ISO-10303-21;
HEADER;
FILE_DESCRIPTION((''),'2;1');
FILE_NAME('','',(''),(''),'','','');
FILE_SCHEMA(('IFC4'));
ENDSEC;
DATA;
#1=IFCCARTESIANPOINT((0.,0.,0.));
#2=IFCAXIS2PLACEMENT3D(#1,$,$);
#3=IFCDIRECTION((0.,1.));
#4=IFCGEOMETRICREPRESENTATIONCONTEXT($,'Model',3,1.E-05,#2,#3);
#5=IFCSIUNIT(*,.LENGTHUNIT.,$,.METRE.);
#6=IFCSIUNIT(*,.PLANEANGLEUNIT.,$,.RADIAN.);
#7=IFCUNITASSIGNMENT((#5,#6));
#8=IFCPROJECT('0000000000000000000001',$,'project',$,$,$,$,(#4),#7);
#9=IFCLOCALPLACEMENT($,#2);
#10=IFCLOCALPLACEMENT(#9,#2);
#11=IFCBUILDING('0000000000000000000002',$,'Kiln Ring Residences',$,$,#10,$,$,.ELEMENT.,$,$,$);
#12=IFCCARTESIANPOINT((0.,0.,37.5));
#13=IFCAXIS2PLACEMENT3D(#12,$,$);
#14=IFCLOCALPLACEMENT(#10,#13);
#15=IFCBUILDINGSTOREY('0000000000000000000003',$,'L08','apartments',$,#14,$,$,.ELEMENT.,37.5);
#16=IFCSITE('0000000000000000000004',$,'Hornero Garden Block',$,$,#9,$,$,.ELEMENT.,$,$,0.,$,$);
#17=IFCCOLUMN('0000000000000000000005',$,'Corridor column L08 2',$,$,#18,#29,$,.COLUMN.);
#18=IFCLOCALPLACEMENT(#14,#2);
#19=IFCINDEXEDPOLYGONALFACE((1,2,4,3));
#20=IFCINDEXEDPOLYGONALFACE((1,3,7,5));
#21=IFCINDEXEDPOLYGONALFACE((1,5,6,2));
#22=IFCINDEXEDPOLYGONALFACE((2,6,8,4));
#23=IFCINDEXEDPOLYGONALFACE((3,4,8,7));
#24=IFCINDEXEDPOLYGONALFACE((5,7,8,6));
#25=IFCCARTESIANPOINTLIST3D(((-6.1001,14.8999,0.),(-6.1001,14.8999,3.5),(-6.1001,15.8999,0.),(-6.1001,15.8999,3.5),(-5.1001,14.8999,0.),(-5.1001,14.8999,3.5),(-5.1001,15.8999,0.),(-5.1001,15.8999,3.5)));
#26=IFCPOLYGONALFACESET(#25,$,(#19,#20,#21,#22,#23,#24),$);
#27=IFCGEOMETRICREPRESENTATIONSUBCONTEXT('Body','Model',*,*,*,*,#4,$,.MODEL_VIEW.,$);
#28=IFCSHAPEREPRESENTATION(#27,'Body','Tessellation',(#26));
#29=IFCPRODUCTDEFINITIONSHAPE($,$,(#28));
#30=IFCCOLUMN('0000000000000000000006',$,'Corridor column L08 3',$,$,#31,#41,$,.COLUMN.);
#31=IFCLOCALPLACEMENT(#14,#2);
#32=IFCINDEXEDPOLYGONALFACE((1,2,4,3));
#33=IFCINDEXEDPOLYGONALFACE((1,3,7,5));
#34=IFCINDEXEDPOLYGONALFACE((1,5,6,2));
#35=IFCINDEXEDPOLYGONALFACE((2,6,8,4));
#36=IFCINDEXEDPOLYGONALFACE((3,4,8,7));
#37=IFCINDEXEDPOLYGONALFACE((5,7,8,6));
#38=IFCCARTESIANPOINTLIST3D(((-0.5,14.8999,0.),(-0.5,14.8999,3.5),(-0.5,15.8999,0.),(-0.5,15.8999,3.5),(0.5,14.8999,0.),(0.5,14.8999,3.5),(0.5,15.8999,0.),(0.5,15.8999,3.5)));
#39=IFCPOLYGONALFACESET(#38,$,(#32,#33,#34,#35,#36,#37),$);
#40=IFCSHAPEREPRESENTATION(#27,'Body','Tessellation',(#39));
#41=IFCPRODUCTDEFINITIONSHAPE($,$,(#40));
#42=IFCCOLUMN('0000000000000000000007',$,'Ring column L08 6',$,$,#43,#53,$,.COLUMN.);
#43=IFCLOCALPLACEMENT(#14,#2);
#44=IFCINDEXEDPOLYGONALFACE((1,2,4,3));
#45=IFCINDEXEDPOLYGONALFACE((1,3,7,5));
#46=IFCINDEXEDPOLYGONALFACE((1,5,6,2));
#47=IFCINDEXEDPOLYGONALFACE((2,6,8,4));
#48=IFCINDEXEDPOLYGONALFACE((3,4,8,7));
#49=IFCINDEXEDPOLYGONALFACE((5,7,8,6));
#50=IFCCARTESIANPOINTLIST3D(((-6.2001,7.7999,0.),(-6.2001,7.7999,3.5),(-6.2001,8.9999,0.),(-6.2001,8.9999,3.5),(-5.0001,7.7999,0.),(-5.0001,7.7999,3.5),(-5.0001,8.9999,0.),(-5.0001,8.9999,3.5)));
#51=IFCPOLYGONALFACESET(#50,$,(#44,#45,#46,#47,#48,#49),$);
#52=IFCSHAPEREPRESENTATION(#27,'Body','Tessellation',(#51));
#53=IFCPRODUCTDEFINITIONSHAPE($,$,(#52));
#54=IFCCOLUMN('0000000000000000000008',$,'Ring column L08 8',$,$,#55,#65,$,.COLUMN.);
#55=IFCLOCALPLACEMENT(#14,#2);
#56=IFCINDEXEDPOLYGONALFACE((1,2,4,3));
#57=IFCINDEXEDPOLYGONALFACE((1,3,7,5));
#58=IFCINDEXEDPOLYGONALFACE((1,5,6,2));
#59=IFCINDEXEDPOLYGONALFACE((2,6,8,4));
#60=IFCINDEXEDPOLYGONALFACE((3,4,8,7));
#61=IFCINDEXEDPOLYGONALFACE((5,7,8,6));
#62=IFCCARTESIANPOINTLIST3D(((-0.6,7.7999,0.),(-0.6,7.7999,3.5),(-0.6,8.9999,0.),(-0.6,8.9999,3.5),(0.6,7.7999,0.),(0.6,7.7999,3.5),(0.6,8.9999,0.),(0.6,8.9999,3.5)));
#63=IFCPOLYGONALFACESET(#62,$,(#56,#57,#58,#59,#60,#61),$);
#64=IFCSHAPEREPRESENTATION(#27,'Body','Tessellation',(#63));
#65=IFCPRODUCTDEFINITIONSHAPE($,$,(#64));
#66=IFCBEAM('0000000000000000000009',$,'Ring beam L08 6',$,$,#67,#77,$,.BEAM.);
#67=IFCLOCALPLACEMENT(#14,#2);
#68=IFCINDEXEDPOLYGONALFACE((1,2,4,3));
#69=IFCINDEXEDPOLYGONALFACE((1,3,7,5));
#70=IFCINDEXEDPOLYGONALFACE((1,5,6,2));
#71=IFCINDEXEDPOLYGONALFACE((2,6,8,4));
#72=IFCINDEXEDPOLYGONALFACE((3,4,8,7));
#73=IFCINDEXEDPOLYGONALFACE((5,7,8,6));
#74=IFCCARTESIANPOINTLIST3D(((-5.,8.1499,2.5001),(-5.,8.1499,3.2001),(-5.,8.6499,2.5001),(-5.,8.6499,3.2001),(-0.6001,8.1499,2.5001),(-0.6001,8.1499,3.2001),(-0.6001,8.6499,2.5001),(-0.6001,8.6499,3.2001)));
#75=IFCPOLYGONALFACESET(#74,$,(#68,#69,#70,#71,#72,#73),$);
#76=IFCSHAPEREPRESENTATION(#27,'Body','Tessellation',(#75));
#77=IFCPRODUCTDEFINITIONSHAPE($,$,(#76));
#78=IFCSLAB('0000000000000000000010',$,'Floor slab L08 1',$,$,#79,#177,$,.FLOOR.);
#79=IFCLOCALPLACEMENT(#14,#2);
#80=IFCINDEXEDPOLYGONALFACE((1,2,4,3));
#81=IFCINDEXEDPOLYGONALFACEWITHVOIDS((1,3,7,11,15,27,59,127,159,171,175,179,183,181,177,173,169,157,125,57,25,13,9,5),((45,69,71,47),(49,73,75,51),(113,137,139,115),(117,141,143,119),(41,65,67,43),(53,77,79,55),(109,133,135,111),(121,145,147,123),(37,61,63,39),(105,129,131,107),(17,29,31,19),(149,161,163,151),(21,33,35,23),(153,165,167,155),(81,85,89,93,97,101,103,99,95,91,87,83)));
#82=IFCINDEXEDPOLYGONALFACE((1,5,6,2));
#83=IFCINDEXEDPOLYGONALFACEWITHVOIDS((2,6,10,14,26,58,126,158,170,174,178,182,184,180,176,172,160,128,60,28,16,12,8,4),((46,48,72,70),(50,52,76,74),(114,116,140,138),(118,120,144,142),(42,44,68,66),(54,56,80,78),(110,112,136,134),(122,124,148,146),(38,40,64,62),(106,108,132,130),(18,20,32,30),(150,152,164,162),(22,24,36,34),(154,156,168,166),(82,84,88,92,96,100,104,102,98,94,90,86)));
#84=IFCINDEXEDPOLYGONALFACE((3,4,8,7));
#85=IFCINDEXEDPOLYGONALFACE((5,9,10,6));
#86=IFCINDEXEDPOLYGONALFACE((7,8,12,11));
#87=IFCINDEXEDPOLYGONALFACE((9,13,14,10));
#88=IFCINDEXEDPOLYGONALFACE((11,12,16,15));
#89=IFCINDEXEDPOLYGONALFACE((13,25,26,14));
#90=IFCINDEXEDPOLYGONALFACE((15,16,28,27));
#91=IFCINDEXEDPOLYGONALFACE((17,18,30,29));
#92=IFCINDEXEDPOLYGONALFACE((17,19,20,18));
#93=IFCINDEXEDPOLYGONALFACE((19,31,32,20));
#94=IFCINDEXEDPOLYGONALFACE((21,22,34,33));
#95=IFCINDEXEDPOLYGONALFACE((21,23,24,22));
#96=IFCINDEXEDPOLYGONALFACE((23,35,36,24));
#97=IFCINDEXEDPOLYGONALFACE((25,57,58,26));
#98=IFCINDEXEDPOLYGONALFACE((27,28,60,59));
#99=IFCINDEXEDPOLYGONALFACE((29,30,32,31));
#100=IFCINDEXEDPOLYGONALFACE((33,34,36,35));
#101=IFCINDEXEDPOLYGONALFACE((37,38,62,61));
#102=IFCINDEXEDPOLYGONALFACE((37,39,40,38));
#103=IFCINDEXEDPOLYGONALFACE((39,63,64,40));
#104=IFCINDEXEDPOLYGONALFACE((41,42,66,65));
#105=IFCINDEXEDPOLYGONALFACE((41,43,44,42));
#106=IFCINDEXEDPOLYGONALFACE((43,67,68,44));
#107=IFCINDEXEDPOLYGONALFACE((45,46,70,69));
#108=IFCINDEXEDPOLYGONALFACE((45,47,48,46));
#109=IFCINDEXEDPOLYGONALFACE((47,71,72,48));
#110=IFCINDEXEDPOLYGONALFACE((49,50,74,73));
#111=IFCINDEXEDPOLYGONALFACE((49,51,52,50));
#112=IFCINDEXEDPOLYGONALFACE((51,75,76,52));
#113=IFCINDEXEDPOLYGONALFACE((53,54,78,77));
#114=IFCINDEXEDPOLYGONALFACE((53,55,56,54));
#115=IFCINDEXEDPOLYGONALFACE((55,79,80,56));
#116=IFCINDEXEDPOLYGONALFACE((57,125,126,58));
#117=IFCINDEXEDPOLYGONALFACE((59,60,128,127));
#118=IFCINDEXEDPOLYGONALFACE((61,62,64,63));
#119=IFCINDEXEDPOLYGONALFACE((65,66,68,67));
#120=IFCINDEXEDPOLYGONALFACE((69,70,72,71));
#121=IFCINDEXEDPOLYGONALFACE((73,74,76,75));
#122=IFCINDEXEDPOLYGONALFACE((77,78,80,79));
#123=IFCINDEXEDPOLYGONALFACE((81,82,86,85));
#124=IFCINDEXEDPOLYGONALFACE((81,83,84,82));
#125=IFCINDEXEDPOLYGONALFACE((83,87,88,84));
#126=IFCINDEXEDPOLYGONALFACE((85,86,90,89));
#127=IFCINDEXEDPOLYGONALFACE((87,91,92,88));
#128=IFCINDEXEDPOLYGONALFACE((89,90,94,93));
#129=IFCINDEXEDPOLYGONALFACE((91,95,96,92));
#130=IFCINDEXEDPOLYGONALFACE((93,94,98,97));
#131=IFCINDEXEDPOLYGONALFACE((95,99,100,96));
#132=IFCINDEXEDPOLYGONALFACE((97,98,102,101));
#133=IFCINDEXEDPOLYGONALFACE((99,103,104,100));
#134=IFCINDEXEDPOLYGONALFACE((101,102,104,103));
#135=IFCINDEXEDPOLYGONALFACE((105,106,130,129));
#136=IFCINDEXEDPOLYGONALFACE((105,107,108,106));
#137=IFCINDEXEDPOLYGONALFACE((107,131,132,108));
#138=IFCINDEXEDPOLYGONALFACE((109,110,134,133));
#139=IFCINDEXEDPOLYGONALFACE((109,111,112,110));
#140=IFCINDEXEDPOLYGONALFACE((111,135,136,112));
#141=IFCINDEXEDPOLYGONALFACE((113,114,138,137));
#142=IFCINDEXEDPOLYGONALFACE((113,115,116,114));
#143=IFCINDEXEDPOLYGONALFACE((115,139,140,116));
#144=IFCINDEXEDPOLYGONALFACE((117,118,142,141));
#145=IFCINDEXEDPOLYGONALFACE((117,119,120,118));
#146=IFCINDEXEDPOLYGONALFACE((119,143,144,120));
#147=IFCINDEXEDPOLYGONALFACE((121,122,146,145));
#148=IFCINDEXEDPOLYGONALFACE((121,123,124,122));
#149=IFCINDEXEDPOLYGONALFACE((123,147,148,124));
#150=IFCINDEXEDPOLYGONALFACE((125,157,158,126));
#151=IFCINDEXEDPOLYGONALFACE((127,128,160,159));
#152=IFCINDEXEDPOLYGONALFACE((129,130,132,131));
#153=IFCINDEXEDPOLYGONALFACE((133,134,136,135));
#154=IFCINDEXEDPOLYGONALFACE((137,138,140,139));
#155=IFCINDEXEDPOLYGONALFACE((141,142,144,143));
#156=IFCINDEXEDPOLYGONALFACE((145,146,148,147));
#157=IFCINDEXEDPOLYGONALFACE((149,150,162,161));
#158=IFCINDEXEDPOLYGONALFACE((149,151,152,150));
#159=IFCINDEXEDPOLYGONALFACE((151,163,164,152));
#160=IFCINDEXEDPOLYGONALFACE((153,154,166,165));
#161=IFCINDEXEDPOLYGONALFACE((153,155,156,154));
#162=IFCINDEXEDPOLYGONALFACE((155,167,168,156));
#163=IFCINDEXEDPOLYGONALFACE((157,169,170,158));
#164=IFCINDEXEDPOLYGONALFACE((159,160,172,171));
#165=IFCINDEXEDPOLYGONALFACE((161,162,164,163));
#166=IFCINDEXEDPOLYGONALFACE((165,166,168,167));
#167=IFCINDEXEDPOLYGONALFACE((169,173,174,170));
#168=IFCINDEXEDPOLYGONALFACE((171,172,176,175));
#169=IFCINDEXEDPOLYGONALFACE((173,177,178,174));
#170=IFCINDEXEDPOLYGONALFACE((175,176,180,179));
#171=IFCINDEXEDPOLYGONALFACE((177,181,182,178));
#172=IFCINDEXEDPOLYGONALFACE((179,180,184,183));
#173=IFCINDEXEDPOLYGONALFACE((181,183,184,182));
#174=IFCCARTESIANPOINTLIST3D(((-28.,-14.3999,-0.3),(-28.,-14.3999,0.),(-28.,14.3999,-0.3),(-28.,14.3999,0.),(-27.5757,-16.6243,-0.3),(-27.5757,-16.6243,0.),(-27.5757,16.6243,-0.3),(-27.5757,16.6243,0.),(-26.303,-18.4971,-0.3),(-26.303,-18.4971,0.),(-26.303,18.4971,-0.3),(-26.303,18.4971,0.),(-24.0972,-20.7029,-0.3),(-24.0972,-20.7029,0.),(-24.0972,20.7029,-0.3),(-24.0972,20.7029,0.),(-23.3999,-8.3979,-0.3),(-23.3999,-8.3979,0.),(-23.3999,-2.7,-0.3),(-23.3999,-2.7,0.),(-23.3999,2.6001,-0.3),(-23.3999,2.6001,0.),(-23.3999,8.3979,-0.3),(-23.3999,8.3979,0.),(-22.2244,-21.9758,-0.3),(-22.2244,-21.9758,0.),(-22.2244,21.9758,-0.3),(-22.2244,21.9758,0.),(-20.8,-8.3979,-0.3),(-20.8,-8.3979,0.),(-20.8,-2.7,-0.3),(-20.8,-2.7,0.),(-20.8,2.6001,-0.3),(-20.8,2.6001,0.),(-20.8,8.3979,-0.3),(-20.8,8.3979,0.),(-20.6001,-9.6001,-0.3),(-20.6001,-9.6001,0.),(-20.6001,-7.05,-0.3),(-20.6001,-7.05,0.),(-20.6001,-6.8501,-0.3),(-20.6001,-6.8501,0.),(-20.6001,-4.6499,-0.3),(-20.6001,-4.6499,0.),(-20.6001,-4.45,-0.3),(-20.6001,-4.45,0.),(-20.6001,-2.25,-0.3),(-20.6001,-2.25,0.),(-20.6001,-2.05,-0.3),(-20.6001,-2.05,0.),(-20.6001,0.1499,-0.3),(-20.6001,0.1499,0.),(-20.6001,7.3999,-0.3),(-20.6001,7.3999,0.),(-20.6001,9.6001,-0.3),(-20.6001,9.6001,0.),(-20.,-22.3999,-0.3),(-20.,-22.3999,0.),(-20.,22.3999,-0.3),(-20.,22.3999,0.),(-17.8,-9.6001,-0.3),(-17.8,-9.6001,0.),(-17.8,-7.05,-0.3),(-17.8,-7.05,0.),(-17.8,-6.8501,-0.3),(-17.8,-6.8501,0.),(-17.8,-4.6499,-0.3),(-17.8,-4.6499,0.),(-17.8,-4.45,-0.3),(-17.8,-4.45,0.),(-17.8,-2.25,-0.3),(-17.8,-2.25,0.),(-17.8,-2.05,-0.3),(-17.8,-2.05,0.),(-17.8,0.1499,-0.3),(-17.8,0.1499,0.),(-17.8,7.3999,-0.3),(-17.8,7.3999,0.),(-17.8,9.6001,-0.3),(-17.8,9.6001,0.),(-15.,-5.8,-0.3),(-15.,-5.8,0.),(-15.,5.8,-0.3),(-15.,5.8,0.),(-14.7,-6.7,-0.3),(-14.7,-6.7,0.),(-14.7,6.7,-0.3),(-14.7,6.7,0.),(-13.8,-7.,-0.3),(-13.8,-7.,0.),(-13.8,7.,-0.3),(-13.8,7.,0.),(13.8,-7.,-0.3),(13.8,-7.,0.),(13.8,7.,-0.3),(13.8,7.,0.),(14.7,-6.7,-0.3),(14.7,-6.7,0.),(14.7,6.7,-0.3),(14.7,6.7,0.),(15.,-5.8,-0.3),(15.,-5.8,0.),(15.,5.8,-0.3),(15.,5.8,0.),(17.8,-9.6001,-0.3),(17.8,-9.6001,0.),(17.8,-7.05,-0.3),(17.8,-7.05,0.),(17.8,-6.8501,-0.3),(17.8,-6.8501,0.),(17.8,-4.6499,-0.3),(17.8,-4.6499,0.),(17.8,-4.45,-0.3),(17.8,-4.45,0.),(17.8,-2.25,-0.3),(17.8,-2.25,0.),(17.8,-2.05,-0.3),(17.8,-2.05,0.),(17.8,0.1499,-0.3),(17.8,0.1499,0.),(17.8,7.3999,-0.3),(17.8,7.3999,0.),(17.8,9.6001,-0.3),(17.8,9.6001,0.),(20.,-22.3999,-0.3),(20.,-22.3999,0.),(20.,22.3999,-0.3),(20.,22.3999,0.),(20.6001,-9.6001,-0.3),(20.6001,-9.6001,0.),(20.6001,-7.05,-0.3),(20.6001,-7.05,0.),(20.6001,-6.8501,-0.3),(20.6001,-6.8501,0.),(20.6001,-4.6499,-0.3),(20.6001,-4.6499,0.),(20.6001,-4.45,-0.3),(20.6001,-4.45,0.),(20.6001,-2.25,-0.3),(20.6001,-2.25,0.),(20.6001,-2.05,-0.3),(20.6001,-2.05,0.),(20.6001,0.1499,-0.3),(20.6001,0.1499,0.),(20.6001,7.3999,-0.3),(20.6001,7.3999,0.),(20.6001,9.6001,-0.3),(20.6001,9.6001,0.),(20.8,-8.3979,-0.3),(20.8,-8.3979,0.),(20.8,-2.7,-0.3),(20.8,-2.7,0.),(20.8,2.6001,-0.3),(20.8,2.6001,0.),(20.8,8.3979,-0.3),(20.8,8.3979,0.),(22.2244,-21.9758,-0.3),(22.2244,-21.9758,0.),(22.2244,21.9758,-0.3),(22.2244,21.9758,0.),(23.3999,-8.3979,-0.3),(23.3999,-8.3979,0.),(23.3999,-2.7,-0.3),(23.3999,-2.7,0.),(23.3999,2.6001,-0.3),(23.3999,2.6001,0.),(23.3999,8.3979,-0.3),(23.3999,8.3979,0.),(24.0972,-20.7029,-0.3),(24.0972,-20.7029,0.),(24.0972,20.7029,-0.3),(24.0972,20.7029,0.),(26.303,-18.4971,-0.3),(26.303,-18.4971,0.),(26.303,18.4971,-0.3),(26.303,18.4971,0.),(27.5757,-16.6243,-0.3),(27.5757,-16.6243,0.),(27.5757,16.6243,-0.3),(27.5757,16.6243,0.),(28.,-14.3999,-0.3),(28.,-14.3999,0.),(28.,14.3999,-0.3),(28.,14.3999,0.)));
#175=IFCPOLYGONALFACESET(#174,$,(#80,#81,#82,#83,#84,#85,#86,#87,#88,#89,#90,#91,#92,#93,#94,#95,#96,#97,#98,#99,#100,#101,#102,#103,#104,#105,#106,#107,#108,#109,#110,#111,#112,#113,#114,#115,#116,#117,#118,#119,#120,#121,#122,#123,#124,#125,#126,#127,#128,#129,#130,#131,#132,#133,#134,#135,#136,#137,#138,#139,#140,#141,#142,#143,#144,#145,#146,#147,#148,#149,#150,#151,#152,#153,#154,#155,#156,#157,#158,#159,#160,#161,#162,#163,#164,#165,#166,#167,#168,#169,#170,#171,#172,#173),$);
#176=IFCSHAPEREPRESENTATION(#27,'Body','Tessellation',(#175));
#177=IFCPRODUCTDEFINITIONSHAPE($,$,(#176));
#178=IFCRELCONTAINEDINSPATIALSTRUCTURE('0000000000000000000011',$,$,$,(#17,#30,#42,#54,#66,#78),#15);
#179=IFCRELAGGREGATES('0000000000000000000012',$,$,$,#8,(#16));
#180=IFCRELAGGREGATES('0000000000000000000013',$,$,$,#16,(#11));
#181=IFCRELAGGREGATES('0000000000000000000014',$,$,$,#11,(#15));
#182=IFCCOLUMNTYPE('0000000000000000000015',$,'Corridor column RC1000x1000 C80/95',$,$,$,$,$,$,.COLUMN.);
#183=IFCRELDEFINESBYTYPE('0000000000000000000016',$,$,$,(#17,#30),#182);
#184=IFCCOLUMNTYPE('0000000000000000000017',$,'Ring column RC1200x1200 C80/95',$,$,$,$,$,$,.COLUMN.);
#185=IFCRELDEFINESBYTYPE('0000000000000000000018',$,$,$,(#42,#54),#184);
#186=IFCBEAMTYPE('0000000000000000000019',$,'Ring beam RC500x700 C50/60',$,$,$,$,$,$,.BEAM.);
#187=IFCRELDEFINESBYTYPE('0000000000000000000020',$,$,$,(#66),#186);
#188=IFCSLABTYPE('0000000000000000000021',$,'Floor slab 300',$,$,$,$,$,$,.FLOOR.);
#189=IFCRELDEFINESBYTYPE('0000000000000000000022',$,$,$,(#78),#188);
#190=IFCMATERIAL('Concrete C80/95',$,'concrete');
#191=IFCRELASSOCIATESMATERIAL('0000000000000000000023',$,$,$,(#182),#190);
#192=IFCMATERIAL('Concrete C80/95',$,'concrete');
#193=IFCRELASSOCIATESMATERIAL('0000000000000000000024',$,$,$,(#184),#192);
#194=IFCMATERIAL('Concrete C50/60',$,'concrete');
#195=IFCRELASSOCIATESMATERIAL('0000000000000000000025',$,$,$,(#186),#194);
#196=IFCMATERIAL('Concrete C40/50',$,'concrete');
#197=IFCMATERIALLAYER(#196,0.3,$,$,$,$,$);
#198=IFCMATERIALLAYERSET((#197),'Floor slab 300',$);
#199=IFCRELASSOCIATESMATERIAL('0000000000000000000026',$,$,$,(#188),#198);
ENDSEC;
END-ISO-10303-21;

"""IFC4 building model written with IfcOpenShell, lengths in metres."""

from ifc_helpers import new_model, si_unit, direction, frame, origin, origin_2d, place, context, subcontext, project, spatial, polyline, rectangle, outline, extrude, material, layer, layer_set, material_profile, profile_set, type_object, element, save


model = new_model("IFC4")

# Units and contexts
model_context = context("Model", 3, precision=1e-05, world=origin(), true_north=direction((0.0, 1.0)))
body_context = subcontext(model_context, "Body", "Model", "MODEL_VIEW")
ifc_project = project(units=[si_unit("LENGTHUNIT", "METRE"), si_unit("PLANEANGLEUNIT", "RADIAN")], contexts=[model_context])

# Site, building, storey
site_placement = place(None, origin())
site = spatial("IfcSite", under=ifc_project, at=site_placement, Name="Hornero Garden Block", CompositionType="ELEMENT", RefElevation=0.0)
building_placement = place(site_placement, origin())
building = spatial("IfcBuilding", under=site, at=building_placement, Name="Kiln Ring Residences", CompositionType="ELEMENT")
storey_placement = place(building_placement, frame((0.0, 0.0, 37.5)))
storey = spatial("IfcBuildingStorey", under=building, at=storey_placement, Name="L08", Description="apartments", CompositionType="ELEMENT", Elevation=37.5)

# Columns
ifc_material_1 = material(Name="Concrete C80/95", Category="concrete")
ifc_material_profile_1 = material_profile(ifc_material_1, rectangle(XDim=1.0, YDim=1.0, at=origin_2d()), Name="RC1000x1000")
ifc_profile_set_1 = profile_set([ifc_material_profile_1], Name="Concrete C80/95")
column_type_1 = type_object("IfcColumnType", Name="Corridor column RC1000x1000 C80/95", PredefinedType="COLUMN", material=ifc_profile_set_1)
for number, where, z_axis, x_axis, name in (
    (1, (-5.6001, 15.3999, 0.0), (0.0, 0.0, 1.0), (1.0, 0.0, 0.0), "Corridor column L08 2"),
    (2, (0.0, 15.3999, 0.0), (0.0, 0.0, 1.0), (1.0, 0.0, 0.0), "Corridor column L08 3"),
):
    element("IfcColumn", number, at=place(storey_placement, frame(where, z_axis=z_axis, x_axis=x_axis)), inside=storey, type_object=column_type_1, Name=name, PredefinedType="COLUMN", context=body_context, shape_type="SweptSolid", body=[
        extrude(rectangle(XDim=1.0, YDim=1.0, at=origin_2d()), origin(), (0.0, 0.0, 1.0), 3.5),
    ])
ifc_material_2 = material(Name="Concrete C80/95", Category="concrete")
ifc_material_profile_2 = material_profile(ifc_material_2, rectangle(XDim=1.2, YDim=1.2, at=origin_2d()), Name="RC1200x1200")
ifc_profile_set_2 = profile_set([ifc_material_profile_2], Name="Concrete C80/95")
column_type_2 = type_object("IfcColumnType", Name="Ring column RC1200x1200 C80/95", PredefinedType="COLUMN", material=ifc_profile_set_2)
for number, where, z_axis, x_axis, name in (
    (3, (-5.6001, 8.3999, 0.0), (0.0, 0.0, 1.0), (1.0, 0.0, 0.0), "Ring column L08 6"),
    (4, (0.0, 8.3999, 0.0), (0.0, 0.0, 1.0), (1.0, 0.0, 0.0), "Ring column L08 8"),
):
    element("IfcColumn", number, at=place(storey_placement, frame(where, z_axis=z_axis, x_axis=x_axis)), inside=storey, type_object=column_type_2, Name=name, PredefinedType="COLUMN", context=body_context, shape_type="SweptSolid", body=[
        extrude(rectangle(XDim=1.2, YDim=1.2, at=origin_2d()), origin(), (0.0, 0.0, 1.0), 3.5),
    ])

# Beam
ifc_material_3 = material(Name="Concrete C50/60", Category="concrete")
ifc_material_profile_3 = material_profile(ifc_material_3, rectangle(XDim=0.5, YDim=0.7, at=origin_2d()), Name="RC500x700")
ifc_profile_set_3 = profile_set([ifc_material_profile_3], Name="Concrete C50/60")
beam_type = type_object("IfcBeamType", Name="Ring beam RC500x700 C50/60", PredefinedType="BEAM", material=ifc_profile_set_3)
beam_placement = place(storey_placement, frame((-5.0, 8.3999, 2.8501), z_axis=(1.0, 0.0, 0.0), x_axis=(0.0, 1.0, 0.0)))
element("IfcBeam", 5, at=beam_placement, inside=storey, type_object=beam_type, Name="Ring beam L08 6", PredefinedType="BEAM", context=body_context, shape_type="SweptSolid", body=[
    extrude(rectangle(XDim=0.5, YDim=0.7, at=origin_2d()), origin(), (0.0, 0.0, 1.0), 4.3999),
])

# Slab
ifc_material_4 = material(Name="Concrete C40/50", Category="concrete")
ifc_layer_1 = layer(ifc_material_4, 0.3)
ifc_layer_set_1 = layer_set([ifc_layer_1], Name="Floor slab 300")
slab_type = type_object("IfcSlabType", Name="Floor slab 300", PredefinedType="FLOOR", material=ifc_layer_set_1)
slab_placement = place(storey_placement, frame((0.0, 0.0, -0.3)))
element("IfcSlab", 6, at=slab_placement, inside=storey, type_object=slab_type, Name="Floor slab L08 1", PredefinedType="FLOOR", context=body_context, shape_type="SweptSolid", body=[
    extrude(outline(polyline([(-26.303, -18.4971), (-24.0972, -20.7029), (-22.2244, -21.9758), (-20.0, -22.3999), (20.0, -22.3999), (22.2244, -21.9758), (24.0972, -20.7029), (26.303, -18.4971), (27.5757, -16.6243), (28.0, -14.3999), (28.0, 14.3999), (27.5757, 16.6243), (26.303, 18.4971), (24.0972, 20.7029), (22.2244, 21.9758), (20.0, 22.3999), (-20.0, 22.3999), (-22.2244, 21.9758), (-24.0972, 20.7029), (-26.303, 18.4971), (-27.5757, 16.6243), (-28.0, 14.3999), (-28.0, -14.3999), (-27.5757, -16.6243), (-26.303, -18.4971)]), holes=[polyline([(-14.7, -6.7), (-15.0, -5.8), (-15.0, 5.8), (-14.7, 6.7), (-13.8, 7.0), (13.8, 7.0), (14.7, 6.7), (15.0, 5.8), (15.0, -5.8), (14.7, -6.7), (13.8, -7.0), (-13.8, -7.0), (-14.7, -6.7)]), polyline([(20.8, -8.3979), (20.8, -2.7), (23.3999, -2.7), (23.3999, -8.3979), (20.8, -8.3979)]), polyline([(20.8, 2.6001), (20.8, 8.3979), (23.3999, 8.3979), (23.3999, 2.6001), (20.8, 2.6001)]), polyline([(17.8, -6.8501), (17.8, -4.6499), (20.6001, -4.6499), (20.6001, -6.8501), (17.8, -6.8501)]), polyline([(17.8, -4.45), (17.8, -2.25), (20.6001, -2.25), (20.6001, -4.45), (17.8, -4.45)]), polyline([(17.8, -2.05), (17.8, 0.1499), (20.6001, 0.1499), (20.6001, -2.05), (17.8, -2.05)]), polyline([(17.8, 7.3999), (17.8, 9.6001), (20.6001, 9.6001), (20.6001, 7.3999), (17.8, 7.3999)]), polyline([(20.6001, -9.6001), (17.8, -9.6001), (17.8, -7.05), (20.6001, -7.05), (20.6001, -9.6001)]), polyline([(-17.8, -7.05), (-17.8, -9.6001), (-20.6001, -9.6001), (-20.6001, -7.05), (-17.8, -7.05)]), polyline([(-17.8, -6.8501), (-20.6001, -6.8501), (-20.6001, -4.6499), (-17.8, -4.6499), (-17.8, -6.8501)]), polyline([(-17.8, -4.45), (-20.6001, -4.45), (-20.6001, -2.25), (-17.8, -2.25), (-17.8, -4.45)]), polyline([(-17.8, -2.05), (-20.6001, -2.05), (-20.6001, 0.1499), (-17.8, 0.1499), (-17.8, -2.05)]), polyline([(-17.8, 7.3999), (-20.6001, 7.3999), (-20.6001, 9.6001), (-17.8, 9.6001), (-17.8, 7.3999)]), polyline([(-20.8, -8.3979), (-23.3999, -8.3979), (-23.3999, -2.7), (-20.8, -2.7), (-20.8, -8.3979)]), polyline([(-20.8, 2.6001), (-23.3999, 2.6001), (-23.3999, 8.3979), (-20.8, 8.3979), (-20.8, 2.6001)])]), origin(), (0.0, 0.0, 1.0), 0.3),
])

save(model, "model.ifc")
